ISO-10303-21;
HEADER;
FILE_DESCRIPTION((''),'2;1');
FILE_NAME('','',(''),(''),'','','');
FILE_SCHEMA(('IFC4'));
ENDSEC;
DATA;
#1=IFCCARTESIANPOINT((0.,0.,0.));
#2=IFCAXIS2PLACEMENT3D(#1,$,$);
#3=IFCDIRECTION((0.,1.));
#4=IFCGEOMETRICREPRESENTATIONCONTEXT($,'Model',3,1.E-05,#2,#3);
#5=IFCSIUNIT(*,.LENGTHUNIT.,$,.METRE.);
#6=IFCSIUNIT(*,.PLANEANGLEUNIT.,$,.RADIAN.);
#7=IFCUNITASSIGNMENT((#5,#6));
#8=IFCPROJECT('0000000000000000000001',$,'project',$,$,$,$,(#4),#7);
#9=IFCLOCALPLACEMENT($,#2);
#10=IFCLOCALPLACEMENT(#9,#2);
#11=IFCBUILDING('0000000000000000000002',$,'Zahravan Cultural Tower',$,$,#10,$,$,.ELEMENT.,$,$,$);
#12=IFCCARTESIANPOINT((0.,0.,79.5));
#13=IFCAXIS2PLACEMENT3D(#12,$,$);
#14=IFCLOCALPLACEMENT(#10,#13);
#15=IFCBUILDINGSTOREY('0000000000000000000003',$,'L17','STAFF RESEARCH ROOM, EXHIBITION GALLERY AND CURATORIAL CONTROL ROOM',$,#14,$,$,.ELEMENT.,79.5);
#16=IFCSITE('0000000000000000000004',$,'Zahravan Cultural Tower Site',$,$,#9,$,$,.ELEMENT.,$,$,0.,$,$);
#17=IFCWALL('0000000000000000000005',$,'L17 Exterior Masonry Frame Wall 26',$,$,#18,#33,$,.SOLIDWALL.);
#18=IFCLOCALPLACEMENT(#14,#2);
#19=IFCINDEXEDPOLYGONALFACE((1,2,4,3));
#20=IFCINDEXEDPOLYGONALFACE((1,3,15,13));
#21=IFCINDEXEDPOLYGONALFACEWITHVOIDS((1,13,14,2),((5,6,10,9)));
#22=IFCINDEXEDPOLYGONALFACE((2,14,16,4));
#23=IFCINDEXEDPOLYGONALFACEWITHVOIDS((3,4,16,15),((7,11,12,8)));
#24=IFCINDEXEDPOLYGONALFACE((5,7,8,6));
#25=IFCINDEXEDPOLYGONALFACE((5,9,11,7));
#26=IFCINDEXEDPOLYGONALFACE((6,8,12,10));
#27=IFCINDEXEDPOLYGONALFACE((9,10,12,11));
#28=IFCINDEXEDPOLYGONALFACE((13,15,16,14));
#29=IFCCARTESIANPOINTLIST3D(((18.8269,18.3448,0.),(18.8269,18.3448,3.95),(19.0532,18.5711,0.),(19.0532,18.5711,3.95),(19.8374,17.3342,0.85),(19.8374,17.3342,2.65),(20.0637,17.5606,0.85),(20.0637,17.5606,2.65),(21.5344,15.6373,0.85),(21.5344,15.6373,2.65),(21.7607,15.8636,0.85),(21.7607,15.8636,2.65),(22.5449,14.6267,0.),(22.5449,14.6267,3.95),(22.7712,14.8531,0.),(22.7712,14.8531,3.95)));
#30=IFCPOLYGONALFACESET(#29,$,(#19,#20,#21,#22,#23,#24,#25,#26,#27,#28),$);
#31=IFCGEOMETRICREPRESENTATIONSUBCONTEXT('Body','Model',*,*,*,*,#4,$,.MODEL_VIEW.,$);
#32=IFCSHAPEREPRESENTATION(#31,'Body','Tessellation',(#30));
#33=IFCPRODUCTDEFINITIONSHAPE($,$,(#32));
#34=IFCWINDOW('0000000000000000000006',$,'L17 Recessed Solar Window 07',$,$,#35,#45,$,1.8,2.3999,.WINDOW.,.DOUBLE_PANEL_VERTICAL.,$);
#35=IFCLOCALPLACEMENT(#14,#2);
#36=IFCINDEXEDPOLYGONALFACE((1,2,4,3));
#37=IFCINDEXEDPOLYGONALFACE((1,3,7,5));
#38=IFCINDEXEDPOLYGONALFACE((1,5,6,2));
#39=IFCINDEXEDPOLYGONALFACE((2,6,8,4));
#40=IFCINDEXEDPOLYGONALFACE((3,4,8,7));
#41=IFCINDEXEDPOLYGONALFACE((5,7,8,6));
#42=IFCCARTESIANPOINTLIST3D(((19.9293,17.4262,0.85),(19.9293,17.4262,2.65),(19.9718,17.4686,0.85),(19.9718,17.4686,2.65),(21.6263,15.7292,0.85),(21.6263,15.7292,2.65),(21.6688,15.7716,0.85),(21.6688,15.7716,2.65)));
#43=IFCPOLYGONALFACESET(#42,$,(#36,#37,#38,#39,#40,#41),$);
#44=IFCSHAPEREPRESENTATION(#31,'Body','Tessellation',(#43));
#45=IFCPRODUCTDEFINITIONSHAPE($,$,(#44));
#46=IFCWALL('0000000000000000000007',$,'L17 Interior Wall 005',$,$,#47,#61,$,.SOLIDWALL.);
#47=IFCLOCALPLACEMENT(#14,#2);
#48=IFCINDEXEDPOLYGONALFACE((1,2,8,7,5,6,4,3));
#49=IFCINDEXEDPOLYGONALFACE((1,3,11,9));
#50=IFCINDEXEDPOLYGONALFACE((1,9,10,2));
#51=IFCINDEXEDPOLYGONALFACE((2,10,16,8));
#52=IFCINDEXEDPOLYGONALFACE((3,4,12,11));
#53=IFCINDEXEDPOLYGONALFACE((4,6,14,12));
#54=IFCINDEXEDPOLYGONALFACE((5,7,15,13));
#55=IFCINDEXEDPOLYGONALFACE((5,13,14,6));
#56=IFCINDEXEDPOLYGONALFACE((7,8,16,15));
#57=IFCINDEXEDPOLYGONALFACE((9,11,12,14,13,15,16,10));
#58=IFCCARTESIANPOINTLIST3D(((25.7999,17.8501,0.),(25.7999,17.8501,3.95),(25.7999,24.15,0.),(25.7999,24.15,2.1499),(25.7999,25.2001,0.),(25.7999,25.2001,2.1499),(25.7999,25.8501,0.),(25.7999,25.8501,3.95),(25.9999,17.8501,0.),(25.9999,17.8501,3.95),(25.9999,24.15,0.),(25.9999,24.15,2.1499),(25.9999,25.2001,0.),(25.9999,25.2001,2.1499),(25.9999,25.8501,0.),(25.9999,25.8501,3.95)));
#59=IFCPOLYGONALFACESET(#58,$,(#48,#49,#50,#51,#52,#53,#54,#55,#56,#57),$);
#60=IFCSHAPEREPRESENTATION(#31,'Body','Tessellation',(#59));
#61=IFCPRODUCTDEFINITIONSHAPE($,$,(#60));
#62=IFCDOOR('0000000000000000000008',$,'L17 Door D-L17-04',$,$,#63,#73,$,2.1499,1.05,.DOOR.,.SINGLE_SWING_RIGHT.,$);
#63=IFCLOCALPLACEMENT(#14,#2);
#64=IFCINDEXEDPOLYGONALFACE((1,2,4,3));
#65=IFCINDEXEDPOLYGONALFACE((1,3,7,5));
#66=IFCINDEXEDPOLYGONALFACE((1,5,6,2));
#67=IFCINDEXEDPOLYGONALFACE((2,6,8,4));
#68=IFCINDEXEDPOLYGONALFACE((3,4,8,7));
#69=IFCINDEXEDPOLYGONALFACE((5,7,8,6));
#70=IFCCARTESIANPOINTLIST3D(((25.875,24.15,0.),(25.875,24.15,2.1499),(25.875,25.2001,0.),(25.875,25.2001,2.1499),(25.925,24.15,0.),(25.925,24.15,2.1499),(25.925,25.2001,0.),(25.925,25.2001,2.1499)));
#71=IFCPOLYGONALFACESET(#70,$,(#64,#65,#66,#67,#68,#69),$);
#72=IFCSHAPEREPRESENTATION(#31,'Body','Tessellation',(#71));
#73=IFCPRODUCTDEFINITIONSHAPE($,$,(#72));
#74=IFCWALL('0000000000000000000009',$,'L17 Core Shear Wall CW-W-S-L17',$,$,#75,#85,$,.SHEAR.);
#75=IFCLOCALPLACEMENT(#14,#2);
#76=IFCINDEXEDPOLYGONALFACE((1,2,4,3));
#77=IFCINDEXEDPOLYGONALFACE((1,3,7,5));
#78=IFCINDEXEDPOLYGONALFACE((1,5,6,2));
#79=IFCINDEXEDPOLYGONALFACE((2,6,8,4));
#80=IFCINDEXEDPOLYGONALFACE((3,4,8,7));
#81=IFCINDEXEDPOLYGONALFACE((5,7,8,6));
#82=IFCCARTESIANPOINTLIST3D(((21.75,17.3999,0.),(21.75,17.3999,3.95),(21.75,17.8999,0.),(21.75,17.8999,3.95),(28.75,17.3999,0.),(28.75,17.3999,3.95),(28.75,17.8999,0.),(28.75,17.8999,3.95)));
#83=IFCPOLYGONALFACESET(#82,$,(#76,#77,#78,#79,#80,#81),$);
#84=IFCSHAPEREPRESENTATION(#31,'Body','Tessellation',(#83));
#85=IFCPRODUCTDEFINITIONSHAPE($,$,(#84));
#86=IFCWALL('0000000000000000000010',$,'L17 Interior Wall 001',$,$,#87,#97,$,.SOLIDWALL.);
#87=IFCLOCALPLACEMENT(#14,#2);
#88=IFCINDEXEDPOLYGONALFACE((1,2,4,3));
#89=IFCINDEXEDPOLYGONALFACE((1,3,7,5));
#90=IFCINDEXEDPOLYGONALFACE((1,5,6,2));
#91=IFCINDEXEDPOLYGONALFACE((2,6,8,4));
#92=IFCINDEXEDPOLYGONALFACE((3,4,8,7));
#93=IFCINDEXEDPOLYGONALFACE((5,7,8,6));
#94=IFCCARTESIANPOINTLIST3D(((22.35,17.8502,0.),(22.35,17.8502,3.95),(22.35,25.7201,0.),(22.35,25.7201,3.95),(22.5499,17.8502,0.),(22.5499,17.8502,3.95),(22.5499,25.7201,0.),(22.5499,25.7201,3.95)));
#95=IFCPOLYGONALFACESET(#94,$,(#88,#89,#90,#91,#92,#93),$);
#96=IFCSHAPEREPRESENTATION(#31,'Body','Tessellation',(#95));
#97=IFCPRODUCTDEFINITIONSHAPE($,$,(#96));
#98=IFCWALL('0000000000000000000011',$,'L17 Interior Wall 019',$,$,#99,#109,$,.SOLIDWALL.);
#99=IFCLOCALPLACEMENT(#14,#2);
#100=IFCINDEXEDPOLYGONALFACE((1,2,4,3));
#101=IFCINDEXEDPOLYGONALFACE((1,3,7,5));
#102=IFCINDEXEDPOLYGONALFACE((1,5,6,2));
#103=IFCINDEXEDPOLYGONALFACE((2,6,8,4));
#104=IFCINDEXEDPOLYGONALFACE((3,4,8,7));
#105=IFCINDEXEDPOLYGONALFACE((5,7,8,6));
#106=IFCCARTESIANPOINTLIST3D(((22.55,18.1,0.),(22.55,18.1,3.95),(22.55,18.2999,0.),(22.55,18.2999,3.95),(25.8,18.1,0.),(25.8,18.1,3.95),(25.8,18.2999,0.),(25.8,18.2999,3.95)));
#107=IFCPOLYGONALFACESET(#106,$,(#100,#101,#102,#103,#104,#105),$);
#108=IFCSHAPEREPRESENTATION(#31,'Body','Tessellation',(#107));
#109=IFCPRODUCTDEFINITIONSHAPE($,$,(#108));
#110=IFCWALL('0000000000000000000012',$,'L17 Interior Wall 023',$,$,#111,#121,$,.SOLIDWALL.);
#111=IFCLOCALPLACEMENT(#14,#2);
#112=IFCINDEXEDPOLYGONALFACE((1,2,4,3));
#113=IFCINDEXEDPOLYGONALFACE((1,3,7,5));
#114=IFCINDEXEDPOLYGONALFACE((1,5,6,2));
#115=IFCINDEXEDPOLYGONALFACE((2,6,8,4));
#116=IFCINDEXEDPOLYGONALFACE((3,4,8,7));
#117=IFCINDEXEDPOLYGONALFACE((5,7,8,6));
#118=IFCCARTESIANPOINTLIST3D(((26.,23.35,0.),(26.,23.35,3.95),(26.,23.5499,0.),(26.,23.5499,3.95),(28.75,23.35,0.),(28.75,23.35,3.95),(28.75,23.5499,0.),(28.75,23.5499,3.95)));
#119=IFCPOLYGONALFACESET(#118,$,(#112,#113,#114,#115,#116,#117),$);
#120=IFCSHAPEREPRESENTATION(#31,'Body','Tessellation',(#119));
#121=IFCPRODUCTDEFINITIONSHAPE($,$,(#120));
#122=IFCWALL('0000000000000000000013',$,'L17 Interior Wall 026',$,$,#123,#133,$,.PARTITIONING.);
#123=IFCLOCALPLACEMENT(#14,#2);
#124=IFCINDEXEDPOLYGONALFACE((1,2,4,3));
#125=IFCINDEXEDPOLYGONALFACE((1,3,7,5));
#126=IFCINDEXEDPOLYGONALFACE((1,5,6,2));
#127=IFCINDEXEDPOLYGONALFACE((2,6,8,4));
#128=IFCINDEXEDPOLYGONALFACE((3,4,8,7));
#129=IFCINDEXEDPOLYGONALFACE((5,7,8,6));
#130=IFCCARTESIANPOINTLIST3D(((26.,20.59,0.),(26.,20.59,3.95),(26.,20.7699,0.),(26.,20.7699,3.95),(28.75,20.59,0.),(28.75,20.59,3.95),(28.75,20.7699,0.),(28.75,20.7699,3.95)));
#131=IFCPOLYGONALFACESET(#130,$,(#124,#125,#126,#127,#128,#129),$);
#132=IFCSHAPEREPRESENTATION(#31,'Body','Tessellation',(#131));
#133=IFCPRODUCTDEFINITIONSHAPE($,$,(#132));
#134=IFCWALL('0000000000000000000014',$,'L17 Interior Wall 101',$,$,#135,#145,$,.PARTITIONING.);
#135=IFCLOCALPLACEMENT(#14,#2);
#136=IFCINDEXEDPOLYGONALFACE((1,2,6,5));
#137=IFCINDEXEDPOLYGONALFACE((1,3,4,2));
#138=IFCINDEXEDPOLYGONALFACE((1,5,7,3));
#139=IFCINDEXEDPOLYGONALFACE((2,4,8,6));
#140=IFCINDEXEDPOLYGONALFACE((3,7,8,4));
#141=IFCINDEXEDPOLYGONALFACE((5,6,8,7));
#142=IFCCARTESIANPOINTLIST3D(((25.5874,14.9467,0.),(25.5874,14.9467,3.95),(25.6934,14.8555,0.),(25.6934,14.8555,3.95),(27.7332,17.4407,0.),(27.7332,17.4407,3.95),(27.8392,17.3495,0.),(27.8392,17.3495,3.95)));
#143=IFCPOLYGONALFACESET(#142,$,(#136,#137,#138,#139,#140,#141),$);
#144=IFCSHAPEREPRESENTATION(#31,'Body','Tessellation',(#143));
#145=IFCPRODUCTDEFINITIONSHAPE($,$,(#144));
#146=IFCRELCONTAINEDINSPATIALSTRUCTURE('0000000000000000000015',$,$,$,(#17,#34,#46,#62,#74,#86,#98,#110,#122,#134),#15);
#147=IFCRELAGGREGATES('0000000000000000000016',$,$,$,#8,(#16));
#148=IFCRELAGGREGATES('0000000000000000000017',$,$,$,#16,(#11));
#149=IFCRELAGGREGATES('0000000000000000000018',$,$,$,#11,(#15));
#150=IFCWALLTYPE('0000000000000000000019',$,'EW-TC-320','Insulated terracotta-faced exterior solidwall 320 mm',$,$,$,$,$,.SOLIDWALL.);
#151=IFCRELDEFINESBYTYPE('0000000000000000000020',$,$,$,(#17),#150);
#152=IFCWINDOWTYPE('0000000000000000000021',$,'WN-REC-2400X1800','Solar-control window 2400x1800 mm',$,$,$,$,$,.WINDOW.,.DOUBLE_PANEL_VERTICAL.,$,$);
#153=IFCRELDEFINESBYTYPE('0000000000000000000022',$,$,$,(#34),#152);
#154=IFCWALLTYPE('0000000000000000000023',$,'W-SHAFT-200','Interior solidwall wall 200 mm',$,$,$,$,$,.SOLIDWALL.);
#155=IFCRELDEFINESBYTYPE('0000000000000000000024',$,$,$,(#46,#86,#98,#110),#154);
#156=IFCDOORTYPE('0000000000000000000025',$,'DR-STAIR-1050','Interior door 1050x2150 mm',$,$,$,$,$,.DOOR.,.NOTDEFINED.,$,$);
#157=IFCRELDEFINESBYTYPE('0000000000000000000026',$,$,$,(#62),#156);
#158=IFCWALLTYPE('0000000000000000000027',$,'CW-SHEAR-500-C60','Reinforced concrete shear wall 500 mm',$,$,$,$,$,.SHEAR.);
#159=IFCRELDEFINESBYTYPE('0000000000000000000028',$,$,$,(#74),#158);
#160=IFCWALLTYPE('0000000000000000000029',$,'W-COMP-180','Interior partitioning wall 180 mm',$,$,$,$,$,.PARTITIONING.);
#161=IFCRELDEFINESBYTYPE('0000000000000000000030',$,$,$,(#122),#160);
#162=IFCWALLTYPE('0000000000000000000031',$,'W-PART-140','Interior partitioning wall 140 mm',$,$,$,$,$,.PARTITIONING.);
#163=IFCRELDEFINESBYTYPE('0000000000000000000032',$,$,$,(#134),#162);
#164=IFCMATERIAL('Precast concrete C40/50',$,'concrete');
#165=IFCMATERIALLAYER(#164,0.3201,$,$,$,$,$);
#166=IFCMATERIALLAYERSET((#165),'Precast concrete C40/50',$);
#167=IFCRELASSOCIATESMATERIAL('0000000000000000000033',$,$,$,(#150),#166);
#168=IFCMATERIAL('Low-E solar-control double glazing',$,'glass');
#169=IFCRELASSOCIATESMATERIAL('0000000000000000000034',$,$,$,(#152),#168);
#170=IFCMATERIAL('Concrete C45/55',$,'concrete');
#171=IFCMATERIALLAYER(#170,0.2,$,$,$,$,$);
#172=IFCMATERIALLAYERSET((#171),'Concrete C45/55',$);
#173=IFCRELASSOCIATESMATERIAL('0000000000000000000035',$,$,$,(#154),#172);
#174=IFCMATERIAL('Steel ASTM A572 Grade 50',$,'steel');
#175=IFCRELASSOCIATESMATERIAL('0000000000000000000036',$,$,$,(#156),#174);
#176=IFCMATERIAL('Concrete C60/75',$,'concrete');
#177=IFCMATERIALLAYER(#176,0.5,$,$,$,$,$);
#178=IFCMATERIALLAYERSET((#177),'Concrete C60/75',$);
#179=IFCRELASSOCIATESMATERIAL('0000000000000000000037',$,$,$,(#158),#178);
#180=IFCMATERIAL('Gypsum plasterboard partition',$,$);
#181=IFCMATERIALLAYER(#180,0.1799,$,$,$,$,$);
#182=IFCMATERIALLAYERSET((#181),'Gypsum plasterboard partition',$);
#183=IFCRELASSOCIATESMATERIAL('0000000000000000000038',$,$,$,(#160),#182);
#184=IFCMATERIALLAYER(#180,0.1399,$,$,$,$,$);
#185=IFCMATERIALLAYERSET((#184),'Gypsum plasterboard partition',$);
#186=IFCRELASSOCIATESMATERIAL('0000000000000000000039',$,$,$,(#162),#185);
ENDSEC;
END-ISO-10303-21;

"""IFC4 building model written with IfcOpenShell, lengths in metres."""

from ifc_helpers import new_model, si_unit, direction, frame, frame_2d, origin, place, context, subcontext, project, spatial, rectangle, extrude, source, transform, mapped, material, layer, layer_set, type_object, element, fill, save


model = new_model("IFC4")

# Units and contexts
model_context = context("Model", 3, precision=1e-05, world=origin(), true_north=direction((0.0, 1.0)))
body_context = subcontext(model_context, "Body", "Model", "MODEL_VIEW")
ifc_project = project(units=[si_unit("LENGTHUNIT", "METRE"), si_unit("PLANEANGLEUNIT", "RADIAN")], contexts=[model_context])

# Site, building, storey
site_placement = place(None, origin())
site = spatial("IfcSite", under=ifc_project, at=site_placement, Name="Zahravan Cultural Tower Site", CompositionType="ELEMENT", RefElevation=0.0)
building_placement = place(site_placement, origin())
building = spatial("IfcBuilding", under=site, at=building_placement, Name="Zahravan Cultural Tower", CompositionType="ELEMENT")
storey_placement = place(building_placement, frame((0.0, 0.0, 79.5)))
storey = spatial("IfcBuildingStorey", under=building, at=storey_placement, Name="L17", Description="STAFF RESEARCH ROOM, EXHIBITION GALLERY AND CURATORIAL CONTROL ROOM", CompositionType="ELEMENT", Elevation=79.5)

# Shared definitions
ifc_material_1 = material(Name="Concrete C60/75", Category="concrete")

# Wall, opening, window
ifc_material_2 = material(Name="Precast concrete C40/50", Category="concrete")
ifc_layer_1 = layer(ifc_material_2, 0.3201)
ifc_layer_set_1 = layer_set([ifc_layer_1], Name="Precast concrete C40/50")
wall_type_1 = type_object("IfcWallType", Name="EW-TC-320", Description="Insulated terracotta-faced exterior solidwall 320 mm", PredefinedType="SOLIDWALL", material=ifc_layer_set_1)
wall_1_placement = place(storey_placement, frame((22.658, 14.74, 0.0), z_axis=(0.0, 0.0, 1.0), x_axis=(-0.707107, 0.707107, 0.0)))
wall_1 = element("IfcWall", 1, at=wall_1_placement, inside=storey, type_object=wall_type_1, Name="L17 Exterior Masonry Frame Wall 26", PredefinedType="SOLIDWALL", context=body_context, shape_type="SweptSolid", body=[
    extrude(rectangle(XDim=5.2581, YDim=0.3201, at=frame_2d((2.6289, 0.0))), origin(), (0.0, 0.0, 1.0), 3.95),
])
opening_1_placement = place(wall_1_placement, frame((1.429, 0.0, 0.8501)))
opening_1 = element("IfcOpeningElement", 2, at=opening_1_placement, cuts=wall_1, PredefinedType="OPENING", context=body_context, shape_type="SweptSolid", body=[
    extrude(rectangle(XDim=2.3999, YDim=1.8, at=frame_2d((1.2, 0.8999))), frame((0.0, 0.1699, 0.0), z_axis=(0.0, -1.0, 0.0), x_axis=(1.0, 0.0, 0.0)), (0.0, 0.0, 1.0), 0.3401),
])
ifc_material_3 = material(Name="Low-E solar-control double glazing", Category="glass")
window_type = type_object("IfcWindowType", Name="WN-REC-2400X1800", Description="Solar-control window 2400x1800 mm", PartitioningType="DOUBLE_PANEL_VERTICAL", PredefinedType="WINDOW", material=ifc_material_3)
shared_shape_1 = source(origin(), body_context, "Body", "SweptSolid", [
    extrude(rectangle(XDim=2.3999, YDim=1.8, at=frame_2d((1.2, 0.8999))), frame((0.0, 0.03, 0.0), z_axis=(0.0, -1.0, 0.0), x_axis=(1.0, 0.0, 0.0)), (0.0, 0.0, 1.0), 0.0601),
])
window_placement = place(opening_1_placement, origin())
window = element("IfcWindow", 3, at=window_placement, inside=storey, type_object=window_type, Name="L17 Recessed Solar Window 07", OverallHeight=1.8, OverallWidth=2.3999, PartitioningType="DOUBLE_PANEL_VERTICAL", PredefinedType="WINDOW", context=body_context, shape_type="MappedRepresentation", body=[
    mapped(shared_shape_1, transform((0.0, 0.0, 0.0), x_axis=(1.0, 0.0, 0.0), y_axis=(0.0, 1.0, 0.0), z_axis=(0.0, 0.0, 1.0), scale=1.0)),
])
fill(opening_1, window)

# Wall, opening, door
ifc_material_4 = material(Name="Concrete C45/55", Category="concrete")
ifc_layer_2 = layer(ifc_material_4, 0.2)
ifc_layer_set_2 = layer_set([ifc_layer_2], Name="Concrete C45/55")
wall_type_2 = type_object("IfcWallType", Name="W-SHAFT-200", Description="Interior solidwall wall 200 mm", PredefinedType="SOLIDWALL", material=ifc_layer_set_2)
wall_2_placement = place(storey_placement, frame((25.8999, 17.8501, 0.0), z_axis=(0.0, 0.0, 1.0), x_axis=(0.0, 1.0, 0.0)))
wall_2 = element("IfcWall", 4, at=wall_2_placement, inside=storey, type_object=wall_type_2, Name="L17 Interior Wall 005", PredefinedType="SOLIDWALL", context=body_context, shape_type="SweptSolid", body=[
    extrude(rectangle(XDim=8.0, YDim=0.2, at=frame_2d((4.0, 0.0))), origin(), (0.0, 0.0, 1.0), 3.95),
])
opening_2_placement = place(wall_2_placement, frame((6.3, 0.0, 0.0)))
opening_2 = element("IfcOpeningElement", 5, at=opening_2_placement, cuts=wall_2, PredefinedType="OPENING", context=body_context, shape_type="SweptSolid", body=[
    extrude(rectangle(XDim=1.05, YDim=2.1499, at=frame_2d((0.5249, 1.075))), frame((0.0, 0.1099, 0.0), z_axis=(0.0, -1.0, 0.0), x_axis=(1.0, 0.0, 0.0)), (0.0, 0.0, 1.0), 0.22),
])
ifc_material_5 = material(Name="Steel ASTM A572 Grade 50", Category="steel")
door_type = type_object("IfcDoorType", Name="DR-STAIR-1050", Description="Interior door 1050x2150 mm", OperationType="NOTDEFINED", PredefinedType="DOOR", material=ifc_material_5)
shared_shape_2 = source(origin(), body_context, "Body", "SweptSolid", [
    extrude(rectangle(XDim=1.05, YDim=2.1499, at=frame_2d((0.5249, 1.075))), frame((0.0, 0.0249, 0.0), z_axis=(0.0, -1.0, 0.0), x_axis=(1.0, 0.0, 0.0)), (0.0, 0.0, 1.0), 0.05),
])
door_placement = place(opening_2_placement, origin())
door = element("IfcDoor", 6, at=door_placement, inside=storey, type_object=door_type, Name="L17 Door D-L17-04", OperationType="SINGLE_SWING_RIGHT", OverallHeight=2.1499, OverallWidth=1.05, PredefinedType="DOOR", context=body_context, shape_type="MappedRepresentation", body=[
    mapped(shared_shape_2, transform((0.0, 0.0, 0.0), x_axis=(1.0, 0.0, 0.0), y_axis=(0.0, 1.0, 0.0), z_axis=(0.0, 0.0, 1.0), scale=1.0)),
])
fill(opening_2, door)

# Walls
ifc_layer_3 = layer(ifc_material_1, 0.5)
ifc_layer_set_3 = layer_set([ifc_layer_3], Name="Concrete C60/75")
wall_type_3 = type_object("IfcWallType", Name="CW-SHEAR-500-C60", Description="Reinforced concrete shear wall 500 mm", PredefinedType="SHEAR", material=ifc_layer_set_3)
shared_shape_3 = source(origin(), body_context, "Body", "SweptSolid", [
    extrude(rectangle(XDim=7.0, YDim=0.5, at=frame_2d((3.5, 0.0))), origin(), (0.0, 0.0, 1.0), 3.95),
])
wall_3_placement = place(storey_placement, frame((21.75, 17.6499, 0.0), z_axis=(0.0, 0.0, 1.0), x_axis=(1.0, 0.0, 0.0)))
element("IfcWall", 7, at=wall_3_placement, inside=storey, type_object=wall_type_3, Name="L17 Core Shear Wall CW-W-S-L17", PredefinedType="SHEAR", context=body_context, shape_type="MappedRepresentation", body=[
    mapped(shared_shape_3, transform((0.0, 0.0, 0.0), x_axis=(1.0, 0.0, 0.0), y_axis=(0.0, 1.0, 0.0), z_axis=(0.0, 0.0, 1.0), scale=1.0)),
])
shared_shape_4 = source(origin(), body_context, "Body", "SweptSolid", [
    extrude(rectangle(XDim=7.8699, YDim=0.2, at=frame_2d((3.9351, 0.0))), origin(), (0.0, 0.0, 1.0), 3.95),
])
wall_4_placement = place(storey_placement, frame((22.45, 17.8501, 0.0), z_axis=(0.0, 0.0, 1.0), x_axis=(0.0, 1.0, 0.0)))
element("IfcWall", 8, at=wall_4_placement, inside=storey, type_object=wall_type_2, Name="L17 Interior Wall 001", PredefinedType="SOLIDWALL", context=body_context, shape_type="MappedRepresentation", body=[
    mapped(shared_shape_4, transform((0.0, 0.0, 0.0), x_axis=(1.0, 0.0, 0.0), y_axis=(0.0, 1.0, 0.0), z_axis=(0.0, 0.0, 1.0), scale=1.0)),
])
shared_shape_5 = source(origin(), body_context, "Body", "SweptSolid", [
    extrude(rectangle(XDim=3.25, YDim=0.2, at=frame_2d((1.625, 0.0))), origin(), (0.0, 0.0, 1.0), 3.95),
])
wall_5_placement = place(storey_placement, frame((22.55, 18.2, 0.0), z_axis=(0.0, 0.0, 1.0), x_axis=(1.0, 0.0, 0.0)))
element("IfcWall", 9, at=wall_5_placement, inside=storey, type_object=wall_type_2, Name="L17 Interior Wall 019", PredefinedType="SOLIDWALL", context=body_context, shape_type="MappedRepresentation", body=[
    mapped(shared_shape_5, transform((0.0, 0.0, 0.0), x_axis=(1.0, 0.0, 0.0), y_axis=(0.0, 1.0, 0.0), z_axis=(0.0, 0.0, 1.0), scale=1.0)),
])
shared_shape_6 = source(origin(), body_context, "Body", "SweptSolid", [
    extrude(rectangle(XDim=2.75, YDim=0.2, at=frame_2d((1.375, 0.0))), origin(), (0.0, 0.0, 1.0), 3.95),
])
wall_6_placement = place(storey_placement, frame((26.0, 23.45, 0.0), z_axis=(0.0, 0.0, 1.0), x_axis=(1.0, 0.0, 0.0)))
element("IfcWall", 10, at=wall_6_placement, inside=storey, type_object=wall_type_2, Name="L17 Interior Wall 023", PredefinedType="SOLIDWALL", context=body_context, shape_type="MappedRepresentation", body=[
    mapped(shared_shape_6, transform((0.0, 0.0, 0.0), x_axis=(1.0, 0.0, 0.0), y_axis=(0.0, 1.0, 0.0), z_axis=(0.0, 0.0, 1.0), scale=1.0)),
])
ifc_material_6 = material(Name="Gypsum plasterboard partition")
ifc_layer_4 = layer(ifc_material_6, 0.1799)
ifc_layer_set_4 = layer_set([ifc_layer_4], Name="Gypsum plasterboard partition")
wall_type_4 = type_object("IfcWallType", Name="W-COMP-180", Description="Interior partitioning wall 180 mm", PredefinedType="PARTITIONING", material=ifc_layer_set_4)
shared_shape_7 = source(origin(), body_context, "Body", "SweptSolid", [
    extrude(rectangle(XDim=2.75, YDim=0.1799, at=frame_2d((1.375, 0.0))), origin(), (0.0, 0.0, 1.0), 3.95),
])
wall_7_placement = place(storey_placement, frame((26.0, 20.6799, 0.0), z_axis=(0.0, 0.0, 1.0), x_axis=(1.0, 0.0, 0.0)))
element("IfcWall", 11, at=wall_7_placement, inside=storey, type_object=wall_type_4, Name="L17 Interior Wall 026", PredefinedType="PARTITIONING", context=body_context, shape_type="MappedRepresentation", body=[
    mapped(shared_shape_7, transform((0.0, 0.0, 0.0), x_axis=(1.0, 0.0, 0.0), y_axis=(0.0, 1.0, 0.0), z_axis=(0.0, 0.0, 1.0), scale=1.0)),
])
ifc_layer_5 = layer(ifc_material_6, 0.1399)
ifc_layer_set_5 = layer_set([ifc_layer_5], Name="Gypsum plasterboard partition")
wall_type_5 = type_object("IfcWallType", Name="W-PART-140", Description="Interior partitioning wall 140 mm", PredefinedType="PARTITIONING", material=ifc_layer_set_5)
shared_shape_8 = source(origin(), body_context, "Body", "SweptSolid", [
    extrude(rectangle(XDim=3.29, YDim=0.1399, at=frame_2d((1.645, 0.0))), origin(), (0.0, 0.0, 1.0), 3.95),
])
wall_8_placement = place(storey_placement, frame((25.6404, 14.9011, 0.0), z_axis=(0.0, 0.0, 1.0), x_axis=(0.652214, 0.758035, 0.0)))
element("IfcWall", 12, at=wall_8_placement, inside=storey, type_object=wall_type_5, Name="L17 Interior Wall 101", PredefinedType="PARTITIONING", context=body_context, shape_type="MappedRepresentation", body=[
    mapped(shared_shape_8, transform((0.0, 0.0, 0.0), x_axis=(1.0, 0.0, 0.0), y_axis=(0.0, 1.0, 0.0), z_axis=(0.0, 0.0, 1.0), scale=1.0)),
])

save(model, "model.ifc")
